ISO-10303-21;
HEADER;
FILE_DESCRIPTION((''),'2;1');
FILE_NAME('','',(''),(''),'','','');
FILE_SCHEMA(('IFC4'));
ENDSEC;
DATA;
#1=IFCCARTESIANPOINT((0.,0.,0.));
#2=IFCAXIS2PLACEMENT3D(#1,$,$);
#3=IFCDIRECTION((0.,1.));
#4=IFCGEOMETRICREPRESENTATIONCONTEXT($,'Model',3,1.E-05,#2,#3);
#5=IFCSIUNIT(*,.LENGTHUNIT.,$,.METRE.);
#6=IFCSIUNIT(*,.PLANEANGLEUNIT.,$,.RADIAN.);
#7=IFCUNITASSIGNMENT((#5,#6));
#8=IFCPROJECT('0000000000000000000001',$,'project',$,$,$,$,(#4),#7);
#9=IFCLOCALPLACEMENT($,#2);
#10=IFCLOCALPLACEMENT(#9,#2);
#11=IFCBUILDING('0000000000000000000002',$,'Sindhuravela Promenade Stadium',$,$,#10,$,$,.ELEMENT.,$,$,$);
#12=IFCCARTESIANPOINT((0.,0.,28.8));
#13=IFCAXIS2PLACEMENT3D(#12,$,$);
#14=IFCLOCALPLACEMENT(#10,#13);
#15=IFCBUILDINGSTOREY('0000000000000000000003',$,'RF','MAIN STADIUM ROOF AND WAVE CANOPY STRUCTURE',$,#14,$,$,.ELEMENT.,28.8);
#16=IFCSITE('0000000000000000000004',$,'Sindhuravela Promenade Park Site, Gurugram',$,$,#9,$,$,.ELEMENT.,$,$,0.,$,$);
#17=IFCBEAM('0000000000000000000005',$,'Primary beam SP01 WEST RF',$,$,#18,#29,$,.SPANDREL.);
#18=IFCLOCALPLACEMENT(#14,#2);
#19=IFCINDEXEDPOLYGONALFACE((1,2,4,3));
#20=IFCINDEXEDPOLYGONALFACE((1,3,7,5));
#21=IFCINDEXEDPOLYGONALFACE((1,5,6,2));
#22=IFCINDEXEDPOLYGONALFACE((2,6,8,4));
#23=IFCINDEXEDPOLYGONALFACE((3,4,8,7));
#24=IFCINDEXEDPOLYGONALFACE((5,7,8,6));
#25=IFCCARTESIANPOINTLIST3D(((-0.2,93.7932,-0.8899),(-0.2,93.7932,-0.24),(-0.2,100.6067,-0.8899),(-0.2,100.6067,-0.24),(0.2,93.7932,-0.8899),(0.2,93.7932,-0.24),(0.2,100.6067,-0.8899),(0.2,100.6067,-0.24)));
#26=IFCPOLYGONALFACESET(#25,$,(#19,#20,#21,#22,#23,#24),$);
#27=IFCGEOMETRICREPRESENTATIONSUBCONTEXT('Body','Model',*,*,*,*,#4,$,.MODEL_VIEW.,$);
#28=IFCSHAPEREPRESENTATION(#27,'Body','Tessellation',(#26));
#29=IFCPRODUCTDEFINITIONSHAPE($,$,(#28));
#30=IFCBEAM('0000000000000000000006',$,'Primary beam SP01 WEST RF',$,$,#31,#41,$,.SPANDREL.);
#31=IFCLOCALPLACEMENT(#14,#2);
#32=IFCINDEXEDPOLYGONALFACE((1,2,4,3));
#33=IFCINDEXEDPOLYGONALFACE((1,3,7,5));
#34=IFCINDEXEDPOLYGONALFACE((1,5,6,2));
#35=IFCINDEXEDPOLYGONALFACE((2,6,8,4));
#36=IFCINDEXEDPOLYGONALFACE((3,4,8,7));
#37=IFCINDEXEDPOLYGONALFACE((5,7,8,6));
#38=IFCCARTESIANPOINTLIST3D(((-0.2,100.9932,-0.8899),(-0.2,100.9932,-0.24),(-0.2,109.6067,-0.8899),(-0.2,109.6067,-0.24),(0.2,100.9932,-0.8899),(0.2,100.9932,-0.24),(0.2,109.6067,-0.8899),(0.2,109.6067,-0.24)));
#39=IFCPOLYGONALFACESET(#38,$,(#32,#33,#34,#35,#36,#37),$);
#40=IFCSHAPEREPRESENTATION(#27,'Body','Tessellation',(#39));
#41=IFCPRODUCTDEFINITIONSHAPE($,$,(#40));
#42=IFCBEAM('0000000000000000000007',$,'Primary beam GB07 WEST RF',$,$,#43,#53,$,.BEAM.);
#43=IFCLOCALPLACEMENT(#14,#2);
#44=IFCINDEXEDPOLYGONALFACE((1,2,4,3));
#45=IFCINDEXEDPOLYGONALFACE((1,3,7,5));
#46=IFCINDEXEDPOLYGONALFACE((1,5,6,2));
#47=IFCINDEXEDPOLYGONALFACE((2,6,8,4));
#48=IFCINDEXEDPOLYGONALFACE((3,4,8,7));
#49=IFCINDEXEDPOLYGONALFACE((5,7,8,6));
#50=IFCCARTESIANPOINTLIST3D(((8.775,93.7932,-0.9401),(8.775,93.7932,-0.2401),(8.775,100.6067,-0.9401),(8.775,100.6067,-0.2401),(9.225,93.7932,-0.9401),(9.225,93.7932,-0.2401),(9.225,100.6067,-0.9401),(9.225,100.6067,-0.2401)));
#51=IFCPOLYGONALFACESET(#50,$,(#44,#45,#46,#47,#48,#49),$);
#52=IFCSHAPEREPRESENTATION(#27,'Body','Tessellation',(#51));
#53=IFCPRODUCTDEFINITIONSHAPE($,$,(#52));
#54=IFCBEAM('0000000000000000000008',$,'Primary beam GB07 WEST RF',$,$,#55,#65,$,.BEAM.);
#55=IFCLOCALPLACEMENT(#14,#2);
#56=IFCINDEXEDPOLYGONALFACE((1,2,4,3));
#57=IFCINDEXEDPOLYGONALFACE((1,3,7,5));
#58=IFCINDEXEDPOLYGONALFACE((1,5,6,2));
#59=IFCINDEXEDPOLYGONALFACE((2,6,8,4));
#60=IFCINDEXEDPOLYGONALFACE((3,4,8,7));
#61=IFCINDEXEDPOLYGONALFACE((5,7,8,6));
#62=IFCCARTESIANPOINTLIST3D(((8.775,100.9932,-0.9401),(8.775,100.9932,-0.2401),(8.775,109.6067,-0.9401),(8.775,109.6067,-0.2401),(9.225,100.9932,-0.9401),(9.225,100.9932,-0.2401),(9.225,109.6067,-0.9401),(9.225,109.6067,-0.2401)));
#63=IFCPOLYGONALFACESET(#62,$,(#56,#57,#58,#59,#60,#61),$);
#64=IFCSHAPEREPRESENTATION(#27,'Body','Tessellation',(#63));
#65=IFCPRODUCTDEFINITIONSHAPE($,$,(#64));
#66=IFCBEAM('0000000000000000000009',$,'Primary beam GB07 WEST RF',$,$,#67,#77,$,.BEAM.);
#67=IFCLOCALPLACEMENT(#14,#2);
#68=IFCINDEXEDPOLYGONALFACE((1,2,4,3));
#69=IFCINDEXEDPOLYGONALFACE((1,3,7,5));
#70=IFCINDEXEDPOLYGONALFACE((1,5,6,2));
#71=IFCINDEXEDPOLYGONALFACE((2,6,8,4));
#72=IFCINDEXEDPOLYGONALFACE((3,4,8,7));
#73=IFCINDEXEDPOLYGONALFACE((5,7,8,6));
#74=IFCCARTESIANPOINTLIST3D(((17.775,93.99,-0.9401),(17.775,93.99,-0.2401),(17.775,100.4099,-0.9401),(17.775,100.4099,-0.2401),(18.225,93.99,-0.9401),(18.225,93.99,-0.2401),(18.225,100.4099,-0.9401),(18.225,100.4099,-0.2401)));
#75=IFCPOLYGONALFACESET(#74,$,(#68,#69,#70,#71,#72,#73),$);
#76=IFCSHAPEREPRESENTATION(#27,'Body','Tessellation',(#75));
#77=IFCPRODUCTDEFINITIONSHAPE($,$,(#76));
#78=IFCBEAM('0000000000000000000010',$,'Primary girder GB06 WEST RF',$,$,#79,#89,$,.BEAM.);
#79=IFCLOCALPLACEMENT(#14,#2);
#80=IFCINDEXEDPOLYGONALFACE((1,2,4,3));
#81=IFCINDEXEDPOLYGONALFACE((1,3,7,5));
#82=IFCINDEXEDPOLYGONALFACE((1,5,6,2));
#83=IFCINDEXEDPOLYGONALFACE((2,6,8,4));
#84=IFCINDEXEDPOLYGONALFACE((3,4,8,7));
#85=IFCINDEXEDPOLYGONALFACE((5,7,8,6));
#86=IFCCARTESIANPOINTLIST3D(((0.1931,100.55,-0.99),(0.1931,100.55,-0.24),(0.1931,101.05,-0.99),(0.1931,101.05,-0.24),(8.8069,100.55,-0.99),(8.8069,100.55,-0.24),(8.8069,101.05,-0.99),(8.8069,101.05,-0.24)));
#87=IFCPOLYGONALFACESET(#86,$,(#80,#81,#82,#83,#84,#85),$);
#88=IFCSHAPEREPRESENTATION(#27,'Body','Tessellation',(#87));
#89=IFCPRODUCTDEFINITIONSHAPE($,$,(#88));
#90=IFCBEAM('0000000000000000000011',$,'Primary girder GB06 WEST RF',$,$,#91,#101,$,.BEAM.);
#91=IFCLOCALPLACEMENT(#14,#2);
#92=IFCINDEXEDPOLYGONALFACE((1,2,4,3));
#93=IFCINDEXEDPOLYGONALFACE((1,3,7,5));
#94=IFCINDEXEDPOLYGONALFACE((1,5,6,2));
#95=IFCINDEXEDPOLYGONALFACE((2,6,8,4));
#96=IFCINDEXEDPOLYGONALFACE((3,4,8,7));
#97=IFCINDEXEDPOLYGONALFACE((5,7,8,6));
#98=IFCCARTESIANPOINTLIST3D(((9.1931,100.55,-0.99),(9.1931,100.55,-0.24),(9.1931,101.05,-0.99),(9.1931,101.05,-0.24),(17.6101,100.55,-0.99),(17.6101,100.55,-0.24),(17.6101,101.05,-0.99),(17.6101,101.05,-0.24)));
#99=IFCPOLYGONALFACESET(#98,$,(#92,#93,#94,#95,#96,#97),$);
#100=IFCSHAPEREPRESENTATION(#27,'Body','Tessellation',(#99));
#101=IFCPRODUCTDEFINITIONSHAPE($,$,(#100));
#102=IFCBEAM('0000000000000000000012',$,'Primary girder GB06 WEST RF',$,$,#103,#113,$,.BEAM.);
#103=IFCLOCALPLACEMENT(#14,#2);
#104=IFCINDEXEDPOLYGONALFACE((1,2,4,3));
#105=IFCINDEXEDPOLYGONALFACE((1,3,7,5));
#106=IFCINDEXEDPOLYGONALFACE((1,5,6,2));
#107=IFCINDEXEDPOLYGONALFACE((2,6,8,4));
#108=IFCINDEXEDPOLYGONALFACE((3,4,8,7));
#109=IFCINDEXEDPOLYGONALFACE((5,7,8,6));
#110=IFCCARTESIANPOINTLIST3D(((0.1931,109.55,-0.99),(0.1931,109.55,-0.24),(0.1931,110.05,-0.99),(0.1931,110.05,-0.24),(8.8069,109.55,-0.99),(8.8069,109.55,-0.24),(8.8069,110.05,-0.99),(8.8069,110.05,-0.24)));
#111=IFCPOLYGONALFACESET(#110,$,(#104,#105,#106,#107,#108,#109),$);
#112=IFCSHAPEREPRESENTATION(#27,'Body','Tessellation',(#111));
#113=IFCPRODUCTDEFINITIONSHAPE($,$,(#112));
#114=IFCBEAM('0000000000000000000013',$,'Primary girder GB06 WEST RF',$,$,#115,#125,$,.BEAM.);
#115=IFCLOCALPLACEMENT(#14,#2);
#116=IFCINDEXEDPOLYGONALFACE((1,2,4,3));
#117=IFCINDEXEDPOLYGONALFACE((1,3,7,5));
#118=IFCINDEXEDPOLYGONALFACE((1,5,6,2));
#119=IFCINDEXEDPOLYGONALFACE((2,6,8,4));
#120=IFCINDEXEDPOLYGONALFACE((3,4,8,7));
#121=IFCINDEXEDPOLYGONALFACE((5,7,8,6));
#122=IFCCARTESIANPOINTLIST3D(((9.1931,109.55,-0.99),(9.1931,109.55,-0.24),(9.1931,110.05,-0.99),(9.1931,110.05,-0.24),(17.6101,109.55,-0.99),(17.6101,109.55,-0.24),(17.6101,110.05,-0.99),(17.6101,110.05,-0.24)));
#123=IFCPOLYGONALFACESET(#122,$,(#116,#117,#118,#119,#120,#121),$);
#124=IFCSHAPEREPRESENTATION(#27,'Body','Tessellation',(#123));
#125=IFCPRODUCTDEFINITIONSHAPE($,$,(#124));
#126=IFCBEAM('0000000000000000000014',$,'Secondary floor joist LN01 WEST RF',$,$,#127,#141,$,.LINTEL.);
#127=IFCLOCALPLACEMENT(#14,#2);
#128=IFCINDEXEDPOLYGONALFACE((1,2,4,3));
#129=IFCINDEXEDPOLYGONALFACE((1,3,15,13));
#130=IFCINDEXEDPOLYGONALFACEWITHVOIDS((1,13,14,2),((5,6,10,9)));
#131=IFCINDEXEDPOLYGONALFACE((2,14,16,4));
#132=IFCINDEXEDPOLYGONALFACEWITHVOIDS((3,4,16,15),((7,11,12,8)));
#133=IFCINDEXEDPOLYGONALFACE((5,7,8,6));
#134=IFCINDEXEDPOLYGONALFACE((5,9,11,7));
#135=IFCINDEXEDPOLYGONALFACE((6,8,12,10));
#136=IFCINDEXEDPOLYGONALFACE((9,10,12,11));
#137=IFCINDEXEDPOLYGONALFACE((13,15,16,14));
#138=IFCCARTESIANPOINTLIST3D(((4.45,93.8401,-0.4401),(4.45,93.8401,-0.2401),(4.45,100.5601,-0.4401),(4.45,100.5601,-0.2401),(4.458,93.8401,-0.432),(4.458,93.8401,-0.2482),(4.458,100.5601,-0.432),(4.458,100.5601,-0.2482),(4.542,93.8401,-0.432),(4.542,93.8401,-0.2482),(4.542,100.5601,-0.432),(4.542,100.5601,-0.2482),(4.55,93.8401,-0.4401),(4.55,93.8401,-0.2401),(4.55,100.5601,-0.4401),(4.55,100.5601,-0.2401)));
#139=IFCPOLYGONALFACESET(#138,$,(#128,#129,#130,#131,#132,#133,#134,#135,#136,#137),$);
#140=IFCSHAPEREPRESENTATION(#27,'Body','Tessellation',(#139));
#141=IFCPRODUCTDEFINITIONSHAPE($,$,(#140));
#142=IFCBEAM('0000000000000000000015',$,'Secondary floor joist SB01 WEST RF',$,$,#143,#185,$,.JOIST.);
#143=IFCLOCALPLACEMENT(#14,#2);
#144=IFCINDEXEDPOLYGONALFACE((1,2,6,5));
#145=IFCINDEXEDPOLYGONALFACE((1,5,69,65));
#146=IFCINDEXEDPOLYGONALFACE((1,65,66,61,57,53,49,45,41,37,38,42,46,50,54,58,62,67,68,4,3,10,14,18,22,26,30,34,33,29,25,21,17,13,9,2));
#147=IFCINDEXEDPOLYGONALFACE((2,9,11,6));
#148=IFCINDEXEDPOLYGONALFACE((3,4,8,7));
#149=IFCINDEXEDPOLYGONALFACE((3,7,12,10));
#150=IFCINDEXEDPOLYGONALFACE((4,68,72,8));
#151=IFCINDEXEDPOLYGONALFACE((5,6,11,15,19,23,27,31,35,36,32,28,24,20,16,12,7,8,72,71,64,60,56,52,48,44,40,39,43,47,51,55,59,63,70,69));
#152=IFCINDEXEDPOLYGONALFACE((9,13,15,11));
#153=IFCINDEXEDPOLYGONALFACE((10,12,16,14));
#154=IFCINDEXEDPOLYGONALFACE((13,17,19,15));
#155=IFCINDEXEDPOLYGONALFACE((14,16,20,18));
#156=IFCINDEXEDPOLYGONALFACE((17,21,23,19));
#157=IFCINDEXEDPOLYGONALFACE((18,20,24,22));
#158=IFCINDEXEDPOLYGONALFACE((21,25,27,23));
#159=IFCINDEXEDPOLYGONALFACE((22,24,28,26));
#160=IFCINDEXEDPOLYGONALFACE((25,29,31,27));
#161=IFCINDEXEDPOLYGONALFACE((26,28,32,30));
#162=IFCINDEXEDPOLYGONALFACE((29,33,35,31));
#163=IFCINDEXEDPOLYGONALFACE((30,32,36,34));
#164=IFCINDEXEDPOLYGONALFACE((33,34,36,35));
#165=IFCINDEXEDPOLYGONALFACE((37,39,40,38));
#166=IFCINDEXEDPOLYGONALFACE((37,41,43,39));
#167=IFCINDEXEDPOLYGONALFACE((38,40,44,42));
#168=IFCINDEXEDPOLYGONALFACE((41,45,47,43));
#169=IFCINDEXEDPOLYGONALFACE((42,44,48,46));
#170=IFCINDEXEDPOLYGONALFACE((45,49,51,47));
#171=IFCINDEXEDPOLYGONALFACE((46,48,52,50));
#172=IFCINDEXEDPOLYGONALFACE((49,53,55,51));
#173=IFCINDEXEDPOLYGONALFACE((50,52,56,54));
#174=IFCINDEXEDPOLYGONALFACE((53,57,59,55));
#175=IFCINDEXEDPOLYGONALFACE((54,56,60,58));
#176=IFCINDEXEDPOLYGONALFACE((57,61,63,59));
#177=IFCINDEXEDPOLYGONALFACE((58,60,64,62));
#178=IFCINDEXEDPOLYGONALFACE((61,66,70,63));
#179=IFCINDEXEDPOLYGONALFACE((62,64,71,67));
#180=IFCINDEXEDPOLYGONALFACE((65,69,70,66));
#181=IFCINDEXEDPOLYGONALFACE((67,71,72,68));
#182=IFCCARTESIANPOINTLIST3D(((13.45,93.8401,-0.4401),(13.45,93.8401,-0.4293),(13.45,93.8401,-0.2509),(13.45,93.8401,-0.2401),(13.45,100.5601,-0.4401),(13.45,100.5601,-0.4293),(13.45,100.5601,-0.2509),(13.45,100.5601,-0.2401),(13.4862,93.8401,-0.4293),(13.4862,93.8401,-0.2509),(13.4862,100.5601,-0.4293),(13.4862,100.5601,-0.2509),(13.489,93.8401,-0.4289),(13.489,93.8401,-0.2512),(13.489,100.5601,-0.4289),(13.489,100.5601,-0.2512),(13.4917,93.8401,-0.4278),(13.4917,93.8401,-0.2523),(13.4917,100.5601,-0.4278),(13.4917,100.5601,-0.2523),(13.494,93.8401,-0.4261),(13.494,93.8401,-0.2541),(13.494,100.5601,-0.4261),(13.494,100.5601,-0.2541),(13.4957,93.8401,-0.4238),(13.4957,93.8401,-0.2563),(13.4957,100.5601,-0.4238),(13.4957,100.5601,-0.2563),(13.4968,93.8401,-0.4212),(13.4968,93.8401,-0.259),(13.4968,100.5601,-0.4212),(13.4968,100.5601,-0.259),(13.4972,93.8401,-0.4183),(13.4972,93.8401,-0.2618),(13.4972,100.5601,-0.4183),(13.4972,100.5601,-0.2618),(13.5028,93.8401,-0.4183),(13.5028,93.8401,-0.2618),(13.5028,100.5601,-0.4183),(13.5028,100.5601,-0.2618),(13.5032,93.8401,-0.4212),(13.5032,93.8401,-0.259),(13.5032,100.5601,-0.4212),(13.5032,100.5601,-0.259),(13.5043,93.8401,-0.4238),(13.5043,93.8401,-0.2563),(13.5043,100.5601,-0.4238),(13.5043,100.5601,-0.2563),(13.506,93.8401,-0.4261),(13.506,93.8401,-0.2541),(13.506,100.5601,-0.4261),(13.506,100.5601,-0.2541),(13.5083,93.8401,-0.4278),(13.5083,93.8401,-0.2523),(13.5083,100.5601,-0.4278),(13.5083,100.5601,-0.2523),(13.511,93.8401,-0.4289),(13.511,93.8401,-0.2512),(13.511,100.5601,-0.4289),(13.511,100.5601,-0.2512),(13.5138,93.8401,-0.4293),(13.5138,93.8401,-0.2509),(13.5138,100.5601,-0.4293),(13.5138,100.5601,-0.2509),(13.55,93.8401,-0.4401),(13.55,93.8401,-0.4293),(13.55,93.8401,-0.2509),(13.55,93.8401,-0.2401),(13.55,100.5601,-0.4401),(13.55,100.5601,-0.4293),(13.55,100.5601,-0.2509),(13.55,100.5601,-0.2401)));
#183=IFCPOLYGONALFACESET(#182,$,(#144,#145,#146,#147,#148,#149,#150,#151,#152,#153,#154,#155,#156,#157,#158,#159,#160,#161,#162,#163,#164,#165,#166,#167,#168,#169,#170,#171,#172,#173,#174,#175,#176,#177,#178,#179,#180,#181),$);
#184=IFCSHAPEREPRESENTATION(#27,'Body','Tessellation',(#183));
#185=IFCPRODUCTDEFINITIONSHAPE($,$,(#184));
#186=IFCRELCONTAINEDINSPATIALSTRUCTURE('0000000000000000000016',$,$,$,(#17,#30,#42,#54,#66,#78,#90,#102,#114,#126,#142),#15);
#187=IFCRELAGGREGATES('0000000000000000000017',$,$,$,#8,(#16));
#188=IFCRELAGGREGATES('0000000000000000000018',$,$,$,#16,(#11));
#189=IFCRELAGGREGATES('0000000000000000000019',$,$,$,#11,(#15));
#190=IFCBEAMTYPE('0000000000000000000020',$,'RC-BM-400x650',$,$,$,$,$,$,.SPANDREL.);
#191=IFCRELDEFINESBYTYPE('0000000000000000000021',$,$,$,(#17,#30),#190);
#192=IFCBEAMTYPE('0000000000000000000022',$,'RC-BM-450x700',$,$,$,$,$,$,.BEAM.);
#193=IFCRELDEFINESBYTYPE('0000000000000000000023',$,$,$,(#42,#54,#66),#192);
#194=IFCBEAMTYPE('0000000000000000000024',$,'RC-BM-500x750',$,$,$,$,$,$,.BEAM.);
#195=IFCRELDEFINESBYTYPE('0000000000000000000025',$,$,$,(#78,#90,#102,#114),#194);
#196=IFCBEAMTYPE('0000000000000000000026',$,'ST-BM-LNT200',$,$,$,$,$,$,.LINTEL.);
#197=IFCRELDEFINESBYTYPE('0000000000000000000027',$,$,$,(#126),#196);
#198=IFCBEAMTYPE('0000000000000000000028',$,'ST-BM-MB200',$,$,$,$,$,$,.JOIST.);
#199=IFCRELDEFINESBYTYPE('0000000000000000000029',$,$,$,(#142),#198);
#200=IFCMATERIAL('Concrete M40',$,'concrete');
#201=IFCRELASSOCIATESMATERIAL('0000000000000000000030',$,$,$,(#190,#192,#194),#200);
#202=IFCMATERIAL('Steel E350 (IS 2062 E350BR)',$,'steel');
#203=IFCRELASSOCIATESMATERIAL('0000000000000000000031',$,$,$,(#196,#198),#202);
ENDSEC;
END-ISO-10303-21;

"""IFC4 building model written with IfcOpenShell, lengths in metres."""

from ifc_helpers import new_model, si_unit, direction, frame, origin, origin_2d, place, context, subcontext, project, spatial, rectangle, hollow_rectangle, i_section, extrude, material, material_profile, profile_set, type_object, element, save


model = new_model("IFC4")

# Units and contexts
model_context = context("Model", 3, precision=1e-05, world=origin(), true_north=direction((0.0, 1.0)))
body_context = subcontext(model_context, "Body", "Model", "MODEL_VIEW")
ifc_project = project(units=[si_unit("LENGTHUNIT", "METRE"), si_unit("PLANEANGLEUNIT", "RADIAN")], contexts=[model_context])

# Site, building, storey
site_placement = place(None, origin())
site = spatial("IfcSite", under=ifc_project, at=site_placement, Name="Sindhuravela Promenade Park Site, Gurugram", CompositionType="ELEMENT", RefElevation=0.0)
building_placement = place(site_placement, origin())
building = spatial("IfcBuilding", under=site, at=building_placement, Name="Sindhuravela Promenade Stadium", CompositionType="ELEMENT")
storey_placement = place(building_placement, frame((0.0, 0.0, 28.8)))
storey = spatial("IfcBuildingStorey", under=building, at=storey_placement, Name="RF", Description="MAIN STADIUM ROOF AND WAVE CANOPY STRUCTURE", CompositionType="ELEMENT", Elevation=28.8)

# Beams
ifc_material_1 = material(Name="Concrete M40", Category="concrete")
ifc_material_profile_1 = material_profile(ifc_material_1, rectangle(XDim=0.3999, YDim=0.6499, at=origin_2d()), Name="RC 400x650")
ifc_profile_set_1 = profile_set([ifc_material_profile_1], Name="Concrete M40")
beam_type_1 = type_object("IfcBeamType", Name="RC-BM-400x650", PredefinedType="SPANDREL", material=ifc_profile_set_1)
beam_1_placement = place(storey_placement, frame((0.0, 93.7932, -0.5649), z_axis=(0.0, 1.0, 0.0), x_axis=(-1.0, 0.0, 0.0)))
element("IfcBeam", 1, at=beam_1_placement, inside=storey, type_object=beam_type_1, Name="Primary beam SP01 WEST RF", PredefinedType="SPANDREL", context=body_context, shape_type="SweptSolid", body=[
    extrude(rectangle(XDim=0.3999, YDim=0.6499, at=origin_2d()), origin(), (0.0, 0.0, 1.0), 6.8135),
])
beam_2_placement = place(storey_placement, frame((0.0, 100.9932, -0.5649), z_axis=(0.0, 1.0, 0.0), x_axis=(-1.0, 0.0, 0.0)))
element("IfcBeam", 2, at=beam_2_placement, inside=storey, type_object=beam_type_1, Name="Primary beam SP01 WEST RF", PredefinedType="SPANDREL", context=body_context, shape_type="SweptSolid", body=[
    extrude(rectangle(XDim=0.3999, YDim=0.6499, at=origin_2d()), origin(), (0.0, 0.0, 1.0), 8.6135),
])
ifc_material_profile_2 = material_profile(ifc_material_1, rectangle(XDim=0.45, YDim=0.7, at=origin_2d()), Name="RC 450x700")
ifc_profile_set_2 = profile_set([ifc_material_profile_2], Name="Concrete M40")
beam_type_2 = type_object("IfcBeamType", Name="RC-BM-450x700", PredefinedType="BEAM", material=ifc_profile_set_2)
beam_3_placement = place(storey_placement, frame((9.0, 93.7932, -0.5901), z_axis=(0.0, 1.0, 0.0), x_axis=(-1.0, 0.0, 0.0)))
element("IfcBeam", 3, at=beam_3_placement, inside=storey, type_object=beam_type_2, Name="Primary beam GB07 WEST RF", PredefinedType="BEAM", context=body_context, shape_type="SweptSolid", body=[
    extrude(rectangle(XDim=0.45, YDim=0.7, at=origin_2d()), origin(), (0.0, 0.0, 1.0), 6.8135),
])
beam_4_placement = place(storey_placement, frame((9.0, 100.9932, -0.5901), z_axis=(0.0, 1.0, 0.0), x_axis=(-1.0, 0.0, 0.0)))
element("IfcBeam", 4, at=beam_4_placement, inside=storey, type_object=beam_type_2, Name="Primary beam GB07 WEST RF", PredefinedType="BEAM", context=body_context, shape_type="SweptSolid", body=[
    extrude(rectangle(XDim=0.45, YDim=0.7, at=origin_2d()), origin(), (0.0, 0.0, 1.0), 8.6135),
])
beam_5_placement = place(storey_placement, frame((18.0, 93.99, -0.5901), z_axis=(0.0, 1.0, 0.0), x_axis=(-1.0, 0.0, 0.0)))
element("IfcBeam", 5, at=beam_5_placement, inside=storey, type_object=beam_type_2, Name="Primary beam GB07 WEST RF", PredefinedType="BEAM", context=body_context, shape_type="SweptSolid", body=[
    extrude(rectangle(XDim=0.45, YDim=0.7, at=origin_2d()), origin(), (0.0, 0.0, 1.0), 6.4199),
])
ifc_material_profile_3 = material_profile(ifc_material_1, rectangle(XDim=0.5, YDim=0.75, at=origin_2d()), Name="RC 500x750")
ifc_profile_set_3 = profile_set([ifc_material_profile_3], Name="Concrete M40")
beam_type_3 = type_object("IfcBeamType", Name="RC-BM-500x750", PredefinedType="BEAM", material=ifc_profile_set_3)
beam_6_placement = place(storey_placement, frame((0.1931, 100.8, -0.615), z_axis=(1.0, 0.0, 0.0), x_axis=(0.0, 1.0, 0.0)))
element("IfcBeam", 6, at=beam_6_placement, inside=storey, type_object=beam_type_3, Name="Primary girder GB06 WEST RF", PredefinedType="BEAM", context=body_context, shape_type="SweptSolid", body=[
    extrude(rectangle(XDim=0.5, YDim=0.75, at=origin_2d()), origin(), (0.0, 0.0, 1.0), 8.6138),
])
beam_7_placement = place(storey_placement, frame((9.1931, 100.8, -0.615), z_axis=(1.0, 0.0, 0.0), x_axis=(0.0, 1.0, 0.0)))
element("IfcBeam", 7, at=beam_7_placement, inside=storey, type_object=beam_type_3, Name="Primary girder GB06 WEST RF", PredefinedType="BEAM", context=body_context, shape_type="SweptSolid", body=[
    extrude(rectangle(XDim=0.5, YDim=0.75, at=origin_2d()), origin(), (0.0, 0.0, 1.0), 8.417),
])
beam_8_placement = place(storey_placement, frame((0.1931, 109.8, -0.615), z_axis=(1.0, 0.0, 0.0), x_axis=(0.0, 1.0, 0.0)))
element("IfcBeam", 8, at=beam_8_placement, inside=storey, type_object=beam_type_3, Name="Primary girder GB06 WEST RF", PredefinedType="BEAM", context=body_context, shape_type="SweptSolid", body=[
    extrude(rectangle(XDim=0.5, YDim=0.75, at=origin_2d()), origin(), (0.0, 0.0, 1.0), 8.6138),
])
beam_9_placement = place(storey_placement, frame((9.1931, 109.8, -0.615), z_axis=(1.0, 0.0, 0.0), x_axis=(0.0, 1.0, 0.0)))
element("IfcBeam", 9, at=beam_9_placement, inside=storey, type_object=beam_type_3, Name="Primary girder GB06 WEST RF", PredefinedType="BEAM", context=body_context, shape_type="SweptSolid", body=[
    extrude(rectangle(XDim=0.5, YDim=0.75, at=origin_2d()), origin(), (0.0, 0.0, 1.0), 8.417),
])
ifc_material_2 = material(Name="Steel E350 (IS 2062 E350BR)", Category="steel")
ifc_material_profile_4 = material_profile(ifc_material_2, hollow_rectangle(XDim=0.1001, YDim=0.2, WallThickness=0.0081, at=origin_2d()), Name="RHS 200x100x8")
ifc_profile_set_4 = profile_set([ifc_material_profile_4], Name="Steel E350 (IS 2062 E350BR)")
beam_type_4 = type_object("IfcBeamType", Name="ST-BM-LNT200", PredefinedType="LINTEL", material=ifc_profile_set_4)
beam_10_placement = place(storey_placement, frame((4.5, 93.8401, -0.3401), z_axis=(0.0, 1.0, 0.0), x_axis=(-1.0, 0.0, 0.0)))
element("IfcBeam", 10, at=beam_10_placement, inside=storey, type_object=beam_type_4, Name="Secondary floor joist LN01 WEST RF", PredefinedType="LINTEL", context=body_context, shape_type="SweptSolid", body=[
    extrude(hollow_rectangle(XDim=0.1001, YDim=0.2, WallThickness=0.0081, at=origin_2d()), origin(), (0.0, 0.0, 1.0), 6.72),
])
ifc_material_profile_5 = material_profile(ifc_material_2, i_section(OverallWidth=0.1001, OverallDepth=0.2, WebThickness=0.0056, FlangeThickness=0.0107, FilletRadius=0.011, at=origin_2d()), Name="ISMB 200")
ifc_profile_set_5 = profile_set([ifc_material_profile_5], Name="Steel E350 (IS 2062 E350BR)")
beam_type_5 = type_object("IfcBeamType", Name="ST-BM-MB200", PredefinedType="JOIST", material=ifc_profile_set_5)
beam_11_placement = place(storey_placement, frame((13.5, 93.8401, -0.3401), z_axis=(0.0, 1.0, 0.0), x_axis=(-1.0, 0.0, 0.0)))
element("IfcBeam", 11, at=beam_11_placement, inside=storey, type_object=beam_type_5, Name="Secondary floor joist SB01 WEST RF", PredefinedType="JOIST", context=body_context, shape_type="SweptSolid", body=[
    extrude(i_section(OverallWidth=0.1001, OverallDepth=0.2, WebThickness=0.0056, FlangeThickness=0.0107, FilletRadius=0.011, at=origin_2d()), origin(), (0.0, 0.0, 1.0), 6.72),
])

save(model, "model.ifc")
